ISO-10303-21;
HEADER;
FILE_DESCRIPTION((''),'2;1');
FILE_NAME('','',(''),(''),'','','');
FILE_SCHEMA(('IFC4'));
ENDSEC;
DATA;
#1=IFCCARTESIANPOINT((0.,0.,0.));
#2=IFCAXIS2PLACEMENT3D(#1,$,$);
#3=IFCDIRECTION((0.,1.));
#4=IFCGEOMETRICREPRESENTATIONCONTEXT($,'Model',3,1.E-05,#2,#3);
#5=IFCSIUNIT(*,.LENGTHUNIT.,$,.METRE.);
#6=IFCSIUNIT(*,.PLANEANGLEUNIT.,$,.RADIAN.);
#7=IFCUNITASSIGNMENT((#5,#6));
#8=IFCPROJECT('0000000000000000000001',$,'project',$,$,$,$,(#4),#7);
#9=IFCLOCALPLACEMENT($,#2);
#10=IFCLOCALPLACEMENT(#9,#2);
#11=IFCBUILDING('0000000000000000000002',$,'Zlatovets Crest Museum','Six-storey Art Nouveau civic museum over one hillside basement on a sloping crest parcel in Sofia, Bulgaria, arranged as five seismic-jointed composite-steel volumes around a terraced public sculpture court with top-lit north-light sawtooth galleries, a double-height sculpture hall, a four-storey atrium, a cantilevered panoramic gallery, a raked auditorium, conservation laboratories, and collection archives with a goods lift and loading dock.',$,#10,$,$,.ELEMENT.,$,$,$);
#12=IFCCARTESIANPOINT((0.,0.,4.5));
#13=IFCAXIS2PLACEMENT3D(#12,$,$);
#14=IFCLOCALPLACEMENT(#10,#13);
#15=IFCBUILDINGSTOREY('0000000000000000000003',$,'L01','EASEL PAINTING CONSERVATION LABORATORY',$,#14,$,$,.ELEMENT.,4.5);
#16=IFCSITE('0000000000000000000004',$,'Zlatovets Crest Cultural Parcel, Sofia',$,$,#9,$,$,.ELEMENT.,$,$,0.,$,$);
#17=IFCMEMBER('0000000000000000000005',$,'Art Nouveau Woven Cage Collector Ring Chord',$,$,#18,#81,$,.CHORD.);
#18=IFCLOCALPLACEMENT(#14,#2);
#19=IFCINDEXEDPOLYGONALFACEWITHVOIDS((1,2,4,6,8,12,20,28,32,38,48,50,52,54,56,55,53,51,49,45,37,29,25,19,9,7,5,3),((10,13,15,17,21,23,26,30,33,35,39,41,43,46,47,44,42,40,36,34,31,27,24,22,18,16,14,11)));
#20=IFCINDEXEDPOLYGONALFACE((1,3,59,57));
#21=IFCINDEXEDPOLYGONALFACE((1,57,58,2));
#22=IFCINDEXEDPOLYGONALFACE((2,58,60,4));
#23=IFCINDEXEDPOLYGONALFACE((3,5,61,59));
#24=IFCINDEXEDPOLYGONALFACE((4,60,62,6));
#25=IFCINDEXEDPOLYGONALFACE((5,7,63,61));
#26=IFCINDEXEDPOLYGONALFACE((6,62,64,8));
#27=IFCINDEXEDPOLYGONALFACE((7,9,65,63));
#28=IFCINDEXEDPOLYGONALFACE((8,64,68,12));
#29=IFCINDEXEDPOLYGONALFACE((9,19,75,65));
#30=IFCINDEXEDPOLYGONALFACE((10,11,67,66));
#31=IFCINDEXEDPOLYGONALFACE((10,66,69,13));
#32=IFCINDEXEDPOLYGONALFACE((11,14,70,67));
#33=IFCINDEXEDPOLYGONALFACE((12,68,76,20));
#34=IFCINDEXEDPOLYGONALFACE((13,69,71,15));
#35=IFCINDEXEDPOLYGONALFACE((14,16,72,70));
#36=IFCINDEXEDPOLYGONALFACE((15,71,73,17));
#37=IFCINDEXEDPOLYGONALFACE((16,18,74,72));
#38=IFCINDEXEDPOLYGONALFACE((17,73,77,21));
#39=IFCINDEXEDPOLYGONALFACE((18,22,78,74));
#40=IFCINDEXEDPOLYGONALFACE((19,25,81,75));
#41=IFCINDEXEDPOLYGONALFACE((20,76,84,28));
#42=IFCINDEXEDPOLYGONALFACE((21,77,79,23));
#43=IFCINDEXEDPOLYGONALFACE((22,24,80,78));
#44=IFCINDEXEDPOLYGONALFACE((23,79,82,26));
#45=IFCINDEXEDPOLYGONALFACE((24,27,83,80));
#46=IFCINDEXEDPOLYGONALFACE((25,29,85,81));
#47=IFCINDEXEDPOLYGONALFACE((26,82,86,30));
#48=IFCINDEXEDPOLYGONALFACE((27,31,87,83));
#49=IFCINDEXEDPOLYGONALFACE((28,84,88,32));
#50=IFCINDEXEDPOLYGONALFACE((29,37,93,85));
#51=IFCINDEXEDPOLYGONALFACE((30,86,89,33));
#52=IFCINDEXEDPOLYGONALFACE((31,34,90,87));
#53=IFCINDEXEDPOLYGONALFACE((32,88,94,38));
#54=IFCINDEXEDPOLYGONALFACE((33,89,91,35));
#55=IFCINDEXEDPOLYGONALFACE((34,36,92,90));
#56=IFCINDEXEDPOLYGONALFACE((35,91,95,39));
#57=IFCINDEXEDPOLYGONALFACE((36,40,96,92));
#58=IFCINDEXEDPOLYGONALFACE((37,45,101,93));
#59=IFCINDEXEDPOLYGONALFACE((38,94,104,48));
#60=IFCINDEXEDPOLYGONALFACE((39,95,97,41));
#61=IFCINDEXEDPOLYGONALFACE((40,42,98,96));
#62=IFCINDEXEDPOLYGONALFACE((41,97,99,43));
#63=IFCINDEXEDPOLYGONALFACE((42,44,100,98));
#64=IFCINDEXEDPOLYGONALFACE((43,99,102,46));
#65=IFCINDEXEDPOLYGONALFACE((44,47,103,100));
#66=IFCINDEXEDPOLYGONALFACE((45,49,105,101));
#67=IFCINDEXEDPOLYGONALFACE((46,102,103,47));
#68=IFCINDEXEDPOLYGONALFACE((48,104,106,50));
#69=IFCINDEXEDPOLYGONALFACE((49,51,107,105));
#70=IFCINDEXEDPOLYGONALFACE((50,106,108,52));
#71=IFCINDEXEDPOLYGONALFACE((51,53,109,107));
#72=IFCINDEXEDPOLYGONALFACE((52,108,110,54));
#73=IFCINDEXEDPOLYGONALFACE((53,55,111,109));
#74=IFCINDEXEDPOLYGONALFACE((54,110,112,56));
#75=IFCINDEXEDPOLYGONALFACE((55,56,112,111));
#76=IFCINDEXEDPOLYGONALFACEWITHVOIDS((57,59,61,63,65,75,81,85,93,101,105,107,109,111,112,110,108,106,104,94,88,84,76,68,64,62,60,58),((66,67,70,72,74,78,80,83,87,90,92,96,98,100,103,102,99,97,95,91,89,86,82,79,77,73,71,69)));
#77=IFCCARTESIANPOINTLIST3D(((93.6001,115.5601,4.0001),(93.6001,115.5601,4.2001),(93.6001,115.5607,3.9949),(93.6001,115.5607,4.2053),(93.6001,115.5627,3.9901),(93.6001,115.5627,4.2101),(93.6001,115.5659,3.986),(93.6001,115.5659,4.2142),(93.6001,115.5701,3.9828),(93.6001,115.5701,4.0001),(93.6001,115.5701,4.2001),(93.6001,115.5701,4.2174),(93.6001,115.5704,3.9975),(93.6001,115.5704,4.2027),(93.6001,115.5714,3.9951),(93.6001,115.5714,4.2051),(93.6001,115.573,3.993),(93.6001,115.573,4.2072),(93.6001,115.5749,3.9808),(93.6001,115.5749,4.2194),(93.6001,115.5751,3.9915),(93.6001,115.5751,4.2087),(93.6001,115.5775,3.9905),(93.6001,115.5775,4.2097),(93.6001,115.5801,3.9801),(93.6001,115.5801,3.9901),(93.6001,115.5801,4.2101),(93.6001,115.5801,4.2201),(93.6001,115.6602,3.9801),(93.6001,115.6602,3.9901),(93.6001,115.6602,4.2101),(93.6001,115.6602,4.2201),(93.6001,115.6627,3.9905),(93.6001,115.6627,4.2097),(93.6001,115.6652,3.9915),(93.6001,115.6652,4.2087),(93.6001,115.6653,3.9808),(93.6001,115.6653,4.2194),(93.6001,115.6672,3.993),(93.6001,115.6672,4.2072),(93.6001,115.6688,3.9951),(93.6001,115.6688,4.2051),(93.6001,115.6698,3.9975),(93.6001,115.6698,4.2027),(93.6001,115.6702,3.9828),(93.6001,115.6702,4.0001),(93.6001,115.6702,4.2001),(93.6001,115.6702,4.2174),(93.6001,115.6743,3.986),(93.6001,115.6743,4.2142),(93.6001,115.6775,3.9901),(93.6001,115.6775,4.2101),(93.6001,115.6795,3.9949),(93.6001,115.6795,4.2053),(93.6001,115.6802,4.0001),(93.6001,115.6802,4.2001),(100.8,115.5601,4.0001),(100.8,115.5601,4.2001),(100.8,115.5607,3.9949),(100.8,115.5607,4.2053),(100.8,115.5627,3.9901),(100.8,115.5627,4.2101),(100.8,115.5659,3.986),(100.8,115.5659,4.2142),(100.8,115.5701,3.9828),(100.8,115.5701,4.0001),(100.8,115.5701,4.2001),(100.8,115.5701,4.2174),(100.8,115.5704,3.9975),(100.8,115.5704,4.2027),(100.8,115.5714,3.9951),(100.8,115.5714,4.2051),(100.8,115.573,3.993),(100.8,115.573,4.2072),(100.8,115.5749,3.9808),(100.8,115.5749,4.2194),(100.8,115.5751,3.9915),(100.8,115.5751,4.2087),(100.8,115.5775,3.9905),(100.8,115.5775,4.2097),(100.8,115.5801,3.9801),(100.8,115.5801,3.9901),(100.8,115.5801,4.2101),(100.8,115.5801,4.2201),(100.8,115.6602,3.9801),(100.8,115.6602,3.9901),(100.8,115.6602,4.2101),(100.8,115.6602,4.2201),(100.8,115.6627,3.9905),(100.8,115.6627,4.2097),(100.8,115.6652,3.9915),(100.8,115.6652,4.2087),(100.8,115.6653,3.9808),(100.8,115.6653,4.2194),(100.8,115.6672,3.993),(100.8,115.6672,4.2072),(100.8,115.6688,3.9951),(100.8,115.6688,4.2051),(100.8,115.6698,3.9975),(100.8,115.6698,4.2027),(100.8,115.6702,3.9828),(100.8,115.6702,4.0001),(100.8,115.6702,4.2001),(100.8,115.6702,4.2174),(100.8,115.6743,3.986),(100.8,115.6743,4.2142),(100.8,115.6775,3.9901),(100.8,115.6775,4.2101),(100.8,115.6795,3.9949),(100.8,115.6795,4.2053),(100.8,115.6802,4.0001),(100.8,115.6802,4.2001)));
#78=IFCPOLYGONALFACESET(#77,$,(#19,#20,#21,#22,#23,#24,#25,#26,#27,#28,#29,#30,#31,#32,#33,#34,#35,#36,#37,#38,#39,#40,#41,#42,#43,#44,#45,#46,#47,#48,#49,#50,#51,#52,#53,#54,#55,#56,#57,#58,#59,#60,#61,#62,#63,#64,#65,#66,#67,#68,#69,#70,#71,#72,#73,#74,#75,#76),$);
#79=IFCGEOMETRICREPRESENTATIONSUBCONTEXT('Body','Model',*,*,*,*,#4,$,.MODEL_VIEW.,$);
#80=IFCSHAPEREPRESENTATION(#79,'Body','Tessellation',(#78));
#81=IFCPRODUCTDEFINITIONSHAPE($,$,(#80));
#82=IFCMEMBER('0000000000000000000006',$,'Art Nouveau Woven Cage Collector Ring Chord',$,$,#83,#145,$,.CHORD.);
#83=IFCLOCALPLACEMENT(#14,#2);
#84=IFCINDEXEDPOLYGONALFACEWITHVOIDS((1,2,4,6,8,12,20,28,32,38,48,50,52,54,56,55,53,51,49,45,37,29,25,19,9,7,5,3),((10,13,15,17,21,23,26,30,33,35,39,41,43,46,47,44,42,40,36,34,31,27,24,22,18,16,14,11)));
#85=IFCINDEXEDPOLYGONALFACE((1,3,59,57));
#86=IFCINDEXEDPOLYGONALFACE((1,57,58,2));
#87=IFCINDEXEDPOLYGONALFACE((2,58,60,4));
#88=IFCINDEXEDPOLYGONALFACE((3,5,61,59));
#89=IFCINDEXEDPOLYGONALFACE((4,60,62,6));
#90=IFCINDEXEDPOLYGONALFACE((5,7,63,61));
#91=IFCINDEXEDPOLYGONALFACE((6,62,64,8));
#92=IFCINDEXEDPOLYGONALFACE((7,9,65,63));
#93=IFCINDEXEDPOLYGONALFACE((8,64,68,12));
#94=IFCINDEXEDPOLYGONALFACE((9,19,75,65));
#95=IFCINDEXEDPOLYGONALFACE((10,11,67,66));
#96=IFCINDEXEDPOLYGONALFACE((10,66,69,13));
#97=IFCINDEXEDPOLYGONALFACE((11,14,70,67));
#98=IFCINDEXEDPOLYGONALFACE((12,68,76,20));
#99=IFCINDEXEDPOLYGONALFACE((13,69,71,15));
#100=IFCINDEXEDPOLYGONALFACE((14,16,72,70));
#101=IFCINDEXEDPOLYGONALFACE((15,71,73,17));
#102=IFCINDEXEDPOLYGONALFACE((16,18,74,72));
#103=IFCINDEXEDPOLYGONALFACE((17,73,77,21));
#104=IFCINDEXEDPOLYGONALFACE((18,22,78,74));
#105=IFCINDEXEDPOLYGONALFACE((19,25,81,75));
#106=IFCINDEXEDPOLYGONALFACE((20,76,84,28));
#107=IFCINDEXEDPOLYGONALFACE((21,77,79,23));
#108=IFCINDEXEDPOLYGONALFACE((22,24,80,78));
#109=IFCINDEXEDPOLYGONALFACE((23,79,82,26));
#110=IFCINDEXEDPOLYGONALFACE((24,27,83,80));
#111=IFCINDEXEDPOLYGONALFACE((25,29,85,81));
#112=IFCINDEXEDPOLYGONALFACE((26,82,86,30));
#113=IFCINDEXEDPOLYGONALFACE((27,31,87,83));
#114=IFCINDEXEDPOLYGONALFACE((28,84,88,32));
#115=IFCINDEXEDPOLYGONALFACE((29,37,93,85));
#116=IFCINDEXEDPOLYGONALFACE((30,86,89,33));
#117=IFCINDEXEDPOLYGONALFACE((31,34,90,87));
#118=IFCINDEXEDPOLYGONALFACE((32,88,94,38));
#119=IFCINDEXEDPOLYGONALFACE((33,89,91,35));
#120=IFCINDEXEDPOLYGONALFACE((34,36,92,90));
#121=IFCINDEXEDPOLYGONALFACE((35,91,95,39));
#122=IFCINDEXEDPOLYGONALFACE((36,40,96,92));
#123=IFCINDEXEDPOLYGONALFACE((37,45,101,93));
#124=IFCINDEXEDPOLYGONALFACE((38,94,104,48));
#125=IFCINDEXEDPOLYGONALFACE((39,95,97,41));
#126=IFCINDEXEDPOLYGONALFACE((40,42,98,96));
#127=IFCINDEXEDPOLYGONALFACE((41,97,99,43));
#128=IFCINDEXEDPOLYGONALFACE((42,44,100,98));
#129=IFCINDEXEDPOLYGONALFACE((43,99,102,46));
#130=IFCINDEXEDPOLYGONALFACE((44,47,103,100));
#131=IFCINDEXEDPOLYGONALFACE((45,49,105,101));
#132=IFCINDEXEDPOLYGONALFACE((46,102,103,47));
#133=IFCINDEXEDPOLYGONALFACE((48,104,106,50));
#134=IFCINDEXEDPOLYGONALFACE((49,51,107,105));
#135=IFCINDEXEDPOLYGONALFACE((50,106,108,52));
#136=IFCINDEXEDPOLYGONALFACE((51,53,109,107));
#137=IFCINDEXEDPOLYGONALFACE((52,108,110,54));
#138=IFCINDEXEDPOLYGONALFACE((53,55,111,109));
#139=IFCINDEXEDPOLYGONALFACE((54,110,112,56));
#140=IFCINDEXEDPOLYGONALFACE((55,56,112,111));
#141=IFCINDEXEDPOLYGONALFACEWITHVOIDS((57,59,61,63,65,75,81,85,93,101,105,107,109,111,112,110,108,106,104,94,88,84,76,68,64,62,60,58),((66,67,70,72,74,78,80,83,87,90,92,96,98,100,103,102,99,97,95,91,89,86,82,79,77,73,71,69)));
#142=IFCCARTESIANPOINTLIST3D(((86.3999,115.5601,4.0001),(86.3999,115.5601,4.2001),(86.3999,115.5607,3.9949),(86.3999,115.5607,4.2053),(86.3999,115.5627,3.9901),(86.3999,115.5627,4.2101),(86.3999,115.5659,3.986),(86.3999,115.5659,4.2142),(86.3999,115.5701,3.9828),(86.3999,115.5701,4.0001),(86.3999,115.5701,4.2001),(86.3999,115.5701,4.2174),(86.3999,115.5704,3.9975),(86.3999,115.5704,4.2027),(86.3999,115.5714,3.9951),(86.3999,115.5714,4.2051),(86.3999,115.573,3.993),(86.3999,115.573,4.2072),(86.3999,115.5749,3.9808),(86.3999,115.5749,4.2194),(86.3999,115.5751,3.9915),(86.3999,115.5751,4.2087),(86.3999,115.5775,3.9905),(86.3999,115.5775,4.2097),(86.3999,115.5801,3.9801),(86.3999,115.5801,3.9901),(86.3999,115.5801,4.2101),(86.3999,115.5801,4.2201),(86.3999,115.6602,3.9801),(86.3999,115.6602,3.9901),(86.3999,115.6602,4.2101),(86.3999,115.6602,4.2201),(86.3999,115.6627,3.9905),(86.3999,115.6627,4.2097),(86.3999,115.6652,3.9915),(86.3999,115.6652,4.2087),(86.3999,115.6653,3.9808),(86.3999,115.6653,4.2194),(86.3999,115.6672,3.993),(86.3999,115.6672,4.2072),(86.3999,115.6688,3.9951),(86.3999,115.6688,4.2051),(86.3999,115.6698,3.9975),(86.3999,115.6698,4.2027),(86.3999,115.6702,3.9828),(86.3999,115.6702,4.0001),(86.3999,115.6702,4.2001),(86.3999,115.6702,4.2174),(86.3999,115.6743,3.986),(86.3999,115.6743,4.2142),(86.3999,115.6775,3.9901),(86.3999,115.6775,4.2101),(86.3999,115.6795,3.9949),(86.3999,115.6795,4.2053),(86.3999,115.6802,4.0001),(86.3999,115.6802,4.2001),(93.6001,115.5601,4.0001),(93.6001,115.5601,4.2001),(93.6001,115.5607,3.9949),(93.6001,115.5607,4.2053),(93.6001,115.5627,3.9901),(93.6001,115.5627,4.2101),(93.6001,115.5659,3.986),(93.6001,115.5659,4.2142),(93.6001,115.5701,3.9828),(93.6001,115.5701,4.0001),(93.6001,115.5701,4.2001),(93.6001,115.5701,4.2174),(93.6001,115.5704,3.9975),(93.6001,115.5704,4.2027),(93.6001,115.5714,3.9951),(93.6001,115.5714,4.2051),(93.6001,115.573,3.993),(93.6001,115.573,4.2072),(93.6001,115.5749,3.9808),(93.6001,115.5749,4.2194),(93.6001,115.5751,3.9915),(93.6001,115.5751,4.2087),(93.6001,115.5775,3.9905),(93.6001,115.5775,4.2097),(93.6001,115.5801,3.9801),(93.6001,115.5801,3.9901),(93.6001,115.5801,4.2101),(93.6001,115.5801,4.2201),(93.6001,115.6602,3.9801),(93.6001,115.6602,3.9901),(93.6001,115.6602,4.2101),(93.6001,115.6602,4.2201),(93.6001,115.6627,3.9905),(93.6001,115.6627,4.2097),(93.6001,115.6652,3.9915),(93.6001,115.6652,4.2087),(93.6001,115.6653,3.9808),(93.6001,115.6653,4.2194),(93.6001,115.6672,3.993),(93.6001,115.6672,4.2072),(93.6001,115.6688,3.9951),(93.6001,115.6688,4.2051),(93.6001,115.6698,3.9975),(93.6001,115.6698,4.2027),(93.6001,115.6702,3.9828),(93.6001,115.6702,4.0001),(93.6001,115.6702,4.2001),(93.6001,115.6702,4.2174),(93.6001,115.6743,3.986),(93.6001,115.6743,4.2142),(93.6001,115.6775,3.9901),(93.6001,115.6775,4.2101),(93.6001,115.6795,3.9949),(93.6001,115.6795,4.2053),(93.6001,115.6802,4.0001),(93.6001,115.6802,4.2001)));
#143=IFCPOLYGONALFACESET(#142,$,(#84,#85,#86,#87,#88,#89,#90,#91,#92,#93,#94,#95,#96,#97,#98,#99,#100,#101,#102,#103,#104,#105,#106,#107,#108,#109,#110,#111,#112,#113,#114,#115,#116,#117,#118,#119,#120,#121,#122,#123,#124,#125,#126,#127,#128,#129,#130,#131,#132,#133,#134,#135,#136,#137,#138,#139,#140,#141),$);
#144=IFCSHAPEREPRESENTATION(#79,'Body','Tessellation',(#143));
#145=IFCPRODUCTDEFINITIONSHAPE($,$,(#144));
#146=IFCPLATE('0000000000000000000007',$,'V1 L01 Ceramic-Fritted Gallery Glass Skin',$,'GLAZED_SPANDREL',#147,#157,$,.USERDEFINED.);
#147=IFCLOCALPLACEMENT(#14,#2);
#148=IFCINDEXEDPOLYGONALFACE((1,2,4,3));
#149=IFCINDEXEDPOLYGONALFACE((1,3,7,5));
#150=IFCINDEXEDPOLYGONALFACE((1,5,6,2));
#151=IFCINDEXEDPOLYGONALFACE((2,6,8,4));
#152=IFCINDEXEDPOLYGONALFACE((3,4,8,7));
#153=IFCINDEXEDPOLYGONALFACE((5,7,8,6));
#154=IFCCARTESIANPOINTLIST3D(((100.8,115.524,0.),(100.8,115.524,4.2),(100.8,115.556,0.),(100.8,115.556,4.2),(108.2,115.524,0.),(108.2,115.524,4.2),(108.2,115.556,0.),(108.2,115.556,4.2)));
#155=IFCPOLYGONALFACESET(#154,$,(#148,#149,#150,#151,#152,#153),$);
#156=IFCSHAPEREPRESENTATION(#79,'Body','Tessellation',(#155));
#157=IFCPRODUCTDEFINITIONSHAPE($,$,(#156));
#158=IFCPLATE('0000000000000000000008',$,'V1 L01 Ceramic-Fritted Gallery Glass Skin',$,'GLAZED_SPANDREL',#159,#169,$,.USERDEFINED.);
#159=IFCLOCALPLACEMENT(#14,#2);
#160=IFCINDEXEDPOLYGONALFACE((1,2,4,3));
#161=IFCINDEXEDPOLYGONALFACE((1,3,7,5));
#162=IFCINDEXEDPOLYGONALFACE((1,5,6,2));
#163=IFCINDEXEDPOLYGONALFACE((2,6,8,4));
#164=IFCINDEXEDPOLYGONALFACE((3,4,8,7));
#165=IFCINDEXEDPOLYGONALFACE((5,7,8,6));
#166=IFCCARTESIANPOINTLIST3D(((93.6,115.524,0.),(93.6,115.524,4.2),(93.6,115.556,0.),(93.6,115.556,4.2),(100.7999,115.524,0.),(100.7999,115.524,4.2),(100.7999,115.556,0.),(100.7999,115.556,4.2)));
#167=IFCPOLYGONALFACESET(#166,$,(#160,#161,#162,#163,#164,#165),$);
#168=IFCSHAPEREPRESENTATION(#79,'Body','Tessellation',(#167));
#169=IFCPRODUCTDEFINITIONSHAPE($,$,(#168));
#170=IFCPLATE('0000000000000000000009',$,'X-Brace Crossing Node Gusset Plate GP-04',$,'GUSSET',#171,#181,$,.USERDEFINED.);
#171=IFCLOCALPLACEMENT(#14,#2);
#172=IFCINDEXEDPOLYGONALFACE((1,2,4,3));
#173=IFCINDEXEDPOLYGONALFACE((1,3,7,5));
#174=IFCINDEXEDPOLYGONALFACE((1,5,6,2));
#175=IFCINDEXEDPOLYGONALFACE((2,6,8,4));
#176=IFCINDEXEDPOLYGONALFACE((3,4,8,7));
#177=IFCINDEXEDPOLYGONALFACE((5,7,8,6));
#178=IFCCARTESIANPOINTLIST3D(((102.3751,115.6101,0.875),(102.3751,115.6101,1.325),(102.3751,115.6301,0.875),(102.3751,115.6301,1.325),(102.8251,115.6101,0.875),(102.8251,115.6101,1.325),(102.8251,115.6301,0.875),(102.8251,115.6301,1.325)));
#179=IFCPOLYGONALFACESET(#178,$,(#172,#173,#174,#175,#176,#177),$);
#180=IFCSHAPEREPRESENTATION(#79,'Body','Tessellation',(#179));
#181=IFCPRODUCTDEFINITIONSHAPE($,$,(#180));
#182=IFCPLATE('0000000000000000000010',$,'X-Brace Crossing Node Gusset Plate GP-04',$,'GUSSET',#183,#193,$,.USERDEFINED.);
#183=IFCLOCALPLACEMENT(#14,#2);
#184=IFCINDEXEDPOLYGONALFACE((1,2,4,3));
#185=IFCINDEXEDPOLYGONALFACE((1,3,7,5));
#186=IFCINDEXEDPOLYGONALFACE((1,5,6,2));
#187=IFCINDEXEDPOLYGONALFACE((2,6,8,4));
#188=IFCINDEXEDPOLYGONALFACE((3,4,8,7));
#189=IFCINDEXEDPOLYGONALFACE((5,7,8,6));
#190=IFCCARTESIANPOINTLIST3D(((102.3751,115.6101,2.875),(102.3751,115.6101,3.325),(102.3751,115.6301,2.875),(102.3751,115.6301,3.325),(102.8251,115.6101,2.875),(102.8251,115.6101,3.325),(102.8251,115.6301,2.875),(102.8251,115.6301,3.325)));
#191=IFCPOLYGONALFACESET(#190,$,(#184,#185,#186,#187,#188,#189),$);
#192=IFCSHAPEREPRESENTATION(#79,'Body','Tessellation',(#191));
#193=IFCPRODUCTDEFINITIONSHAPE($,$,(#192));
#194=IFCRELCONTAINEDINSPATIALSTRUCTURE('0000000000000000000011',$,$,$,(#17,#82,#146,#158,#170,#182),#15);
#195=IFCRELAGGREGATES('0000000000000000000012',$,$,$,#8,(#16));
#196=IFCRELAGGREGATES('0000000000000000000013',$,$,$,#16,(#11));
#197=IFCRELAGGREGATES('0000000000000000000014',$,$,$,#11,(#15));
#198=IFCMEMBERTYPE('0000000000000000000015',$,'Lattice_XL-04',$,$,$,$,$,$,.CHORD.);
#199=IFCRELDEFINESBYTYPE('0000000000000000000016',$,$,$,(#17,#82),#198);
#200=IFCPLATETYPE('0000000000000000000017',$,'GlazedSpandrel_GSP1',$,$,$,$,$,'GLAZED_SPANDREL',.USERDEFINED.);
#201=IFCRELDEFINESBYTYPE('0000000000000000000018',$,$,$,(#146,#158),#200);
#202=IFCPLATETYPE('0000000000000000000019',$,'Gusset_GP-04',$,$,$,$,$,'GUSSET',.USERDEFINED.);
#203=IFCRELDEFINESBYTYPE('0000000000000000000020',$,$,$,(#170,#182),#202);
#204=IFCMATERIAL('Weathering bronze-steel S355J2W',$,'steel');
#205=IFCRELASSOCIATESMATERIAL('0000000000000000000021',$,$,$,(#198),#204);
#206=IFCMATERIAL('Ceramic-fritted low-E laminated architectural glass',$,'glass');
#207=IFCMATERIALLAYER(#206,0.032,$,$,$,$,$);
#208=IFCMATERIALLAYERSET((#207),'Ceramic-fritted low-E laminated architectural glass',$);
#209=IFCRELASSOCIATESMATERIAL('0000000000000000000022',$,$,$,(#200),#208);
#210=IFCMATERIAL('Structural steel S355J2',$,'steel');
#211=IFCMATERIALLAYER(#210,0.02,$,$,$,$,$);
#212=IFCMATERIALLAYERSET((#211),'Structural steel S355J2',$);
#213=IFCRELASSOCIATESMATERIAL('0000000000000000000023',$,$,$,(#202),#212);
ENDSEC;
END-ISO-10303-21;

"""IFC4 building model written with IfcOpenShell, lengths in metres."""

from ifc_helpers import new_model, si_unit, direction, frame, origin, origin_2d, place, context, subcontext, project, spatial, rectangle, hollow_rectangle, extrude, material, layer, layer_set, material_profile, profile_set, type_object, element, save


model = new_model("IFC4")

# Units and contexts
model_context = context("Model", 3, precision=1e-05, world=origin(), true_north=direction((0.0, 1.0)))
body_context = subcontext(model_context, "Body", "Model", "MODEL_VIEW")
ifc_project = project(units=[si_unit("LENGTHUNIT", "METRE"), si_unit("PLANEANGLEUNIT", "RADIAN")], contexts=[model_context])

# Site, building, storey
site_placement = place(None, origin())
site = spatial("IfcSite", under=ifc_project, at=site_placement, Name="Zlatovets Crest Cultural Parcel, Sofia", CompositionType="ELEMENT", RefElevation=0.0)
building_placement = place(site_placement, origin())
building = spatial("IfcBuilding", under=site, at=building_placement, Name="Zlatovets Crest Museum", Description="Six-storey Art Nouveau civic museum over one hillside basement on a sloping crest parcel in Sofia, Bulgaria, arranged as five seismic-jointed composite-steel volumes around a terraced public sculpture court with top-lit north-light sawtooth galleries, a double-height sculpture hall, a four-storey atrium, a cantilevered panoramic gallery, a raked auditorium, conservation laboratories, and collection archives with a goods lift and loading dock.", CompositionType="ELEMENT")
storey_placement = place(building_placement, frame((0.0, 0.0, 4.5)))
storey = spatial("IfcBuildingStorey", under=building, at=storey_placement, Name="L01", Description="EASEL PAINTING CONSERVATION LABORATORY", CompositionType="ELEMENT", Elevation=4.5)

# Shared definitions
ifc_material_1 = material(Name="Structural steel S355J2", Category="steel")

# Members
ifc_material_2 = material(Name="Weathering bronze-steel S355J2W", Category="steel")
ifc_material_profile_1 = material_profile(ifc_material_2, hollow_rectangle(XDim=0.1201, YDim=0.24, WallThickness=0.01, InnerFilletRadius=0.01, OuterFilletRadius=0.02, at=origin_2d()), Name="RHS 120x240x10.0")
ifc_profile_set_1 = profile_set([ifc_material_profile_1], Name="Weathering bronze-steel S355J2W")
member_type_1 = type_object("IfcMemberType", Name="Lattice_XL-04", PredefinedType="CHORD", material=ifc_profile_set_1)
member_1_placement = place(storey_placement, frame((100.8, 115.6201, 4.1001), z_axis=(-1.0, 0.0, 0.0), x_axis=(0.0, -1.0, 0.0)))
element("IfcMember", 1, at=member_1_placement, inside=storey, type_object=member_type_1, Name="Art Nouveau Woven Cage Collector Ring Chord", PredefinedType="CHORD", context=body_context, shape_type="SweptSolid", body=[
    extrude(hollow_rectangle(XDim=0.1201, YDim=0.24, WallThickness=0.01, InnerFilletRadius=0.01, OuterFilletRadius=0.02, at=origin_2d()), origin(), (0.0, 0.0, 1.0), 7.2),
])
member_2_placement = place(storey_placement, frame((93.6001, 115.6201, 4.1001), z_axis=(-1.0, 0.0, 0.0), x_axis=(0.0, -1.0, 0.0)))
element("IfcMember", 2, at=member_2_placement, inside=storey, type_object=member_type_1, Name="Art Nouveau Woven Cage Collector Ring Chord", PredefinedType="CHORD", context=body_context, shape_type="SweptSolid", body=[
    extrude(hollow_rectangle(XDim=0.1201, YDim=0.24, WallThickness=0.01, InnerFilletRadius=0.01, OuterFilletRadius=0.02, at=origin_2d()), origin(), (0.0, 0.0, 1.0), 7.2002),
])

# Plates
ifc_material_3 = material(Name="Ceramic-fritted low-E laminated architectural glass", Category="glass")
ifc_layer_1 = layer(ifc_material_3, 0.032)
ifc_layer_set_1 = layer_set([ifc_layer_1], Name="Ceramic-fritted low-E laminated architectural glass")
plate_type_1 = type_object("IfcPlateType", Name="GlazedSpandrel_GSP1", ElementType="GLAZED_SPANDREL", PredefinedType="USERDEFINED", material=ifc_layer_set_1)
plate_1_placement = place(storey_placement, frame((104.5, 115.54, 0.0), z_axis=(0.0, 0.0, 1.0), x_axis=(1.0, 0.0, 0.0)))
element("IfcPlate", 3, at=plate_1_placement, inside=storey, type_object=plate_type_1, Name="V1 L01 Ceramic-Fritted Gallery Glass Skin", ObjectType="GLAZED_SPANDREL", PredefinedType="USERDEFINED", context=body_context, shape_type="SweptSolid", body=[
    extrude(rectangle(XDim=7.3999, YDim=0.032, at=origin_2d()), origin(), (0.0, 0.0, 1.0), 4.2),
])
plate_2_placement = place(storey_placement, frame((97.2, 115.54, 0.0), z_axis=(0.0, 0.0, 1.0), x_axis=(1.0, 0.0, 0.0)))
element("IfcPlate", 4, at=plate_2_placement, inside=storey, type_object=plate_type_1, Name="V1 L01 Ceramic-Fritted Gallery Glass Skin", ObjectType="GLAZED_SPANDREL", PredefinedType="USERDEFINED", context=body_context, shape_type="SweptSolid", body=[
    extrude(rectangle(XDim=7.2, YDim=0.032, at=origin_2d()), origin(), (0.0, 0.0, 1.0), 4.2),
])
ifc_layer_2 = layer(ifc_material_1, 0.02)
ifc_layer_set_2 = layer_set([ifc_layer_2], Name="Structural steel S355J2")
plate_type_2 = type_object("IfcPlateType", Name="Gusset_GP-04", ElementType="GUSSET", PredefinedType="USERDEFINED", material=ifc_layer_set_2)
for number, where, z_axis, x_axis, name in (
    (5, (102.6001, 115.6201, 0.875), (0.0, 0.0, 1.0), (1.0, 0.0, 0.0), "X-Brace Crossing Node Gusset Plate GP-04"),
    (6, (102.6001, 115.6201, 2.875), (0.0, 0.0, 1.0), (1.0, 0.0, 0.0), "X-Brace Crossing Node Gusset Plate GP-04"),
):
    element("IfcPlate", number, at=place(storey_placement, frame(where, z_axis=z_axis, x_axis=x_axis)), inside=storey, type_object=plate_type_2, Name=name, ObjectType="GUSSET", PredefinedType="USERDEFINED", context=body_context, shape_type="SweptSolid", body=[
        extrude(rectangle(XDim=0.45, YDim=0.02, at=origin_2d()), origin(), (0.0, 0.0, 1.0), 0.45),
    ])

save(model, "model.ifc")
